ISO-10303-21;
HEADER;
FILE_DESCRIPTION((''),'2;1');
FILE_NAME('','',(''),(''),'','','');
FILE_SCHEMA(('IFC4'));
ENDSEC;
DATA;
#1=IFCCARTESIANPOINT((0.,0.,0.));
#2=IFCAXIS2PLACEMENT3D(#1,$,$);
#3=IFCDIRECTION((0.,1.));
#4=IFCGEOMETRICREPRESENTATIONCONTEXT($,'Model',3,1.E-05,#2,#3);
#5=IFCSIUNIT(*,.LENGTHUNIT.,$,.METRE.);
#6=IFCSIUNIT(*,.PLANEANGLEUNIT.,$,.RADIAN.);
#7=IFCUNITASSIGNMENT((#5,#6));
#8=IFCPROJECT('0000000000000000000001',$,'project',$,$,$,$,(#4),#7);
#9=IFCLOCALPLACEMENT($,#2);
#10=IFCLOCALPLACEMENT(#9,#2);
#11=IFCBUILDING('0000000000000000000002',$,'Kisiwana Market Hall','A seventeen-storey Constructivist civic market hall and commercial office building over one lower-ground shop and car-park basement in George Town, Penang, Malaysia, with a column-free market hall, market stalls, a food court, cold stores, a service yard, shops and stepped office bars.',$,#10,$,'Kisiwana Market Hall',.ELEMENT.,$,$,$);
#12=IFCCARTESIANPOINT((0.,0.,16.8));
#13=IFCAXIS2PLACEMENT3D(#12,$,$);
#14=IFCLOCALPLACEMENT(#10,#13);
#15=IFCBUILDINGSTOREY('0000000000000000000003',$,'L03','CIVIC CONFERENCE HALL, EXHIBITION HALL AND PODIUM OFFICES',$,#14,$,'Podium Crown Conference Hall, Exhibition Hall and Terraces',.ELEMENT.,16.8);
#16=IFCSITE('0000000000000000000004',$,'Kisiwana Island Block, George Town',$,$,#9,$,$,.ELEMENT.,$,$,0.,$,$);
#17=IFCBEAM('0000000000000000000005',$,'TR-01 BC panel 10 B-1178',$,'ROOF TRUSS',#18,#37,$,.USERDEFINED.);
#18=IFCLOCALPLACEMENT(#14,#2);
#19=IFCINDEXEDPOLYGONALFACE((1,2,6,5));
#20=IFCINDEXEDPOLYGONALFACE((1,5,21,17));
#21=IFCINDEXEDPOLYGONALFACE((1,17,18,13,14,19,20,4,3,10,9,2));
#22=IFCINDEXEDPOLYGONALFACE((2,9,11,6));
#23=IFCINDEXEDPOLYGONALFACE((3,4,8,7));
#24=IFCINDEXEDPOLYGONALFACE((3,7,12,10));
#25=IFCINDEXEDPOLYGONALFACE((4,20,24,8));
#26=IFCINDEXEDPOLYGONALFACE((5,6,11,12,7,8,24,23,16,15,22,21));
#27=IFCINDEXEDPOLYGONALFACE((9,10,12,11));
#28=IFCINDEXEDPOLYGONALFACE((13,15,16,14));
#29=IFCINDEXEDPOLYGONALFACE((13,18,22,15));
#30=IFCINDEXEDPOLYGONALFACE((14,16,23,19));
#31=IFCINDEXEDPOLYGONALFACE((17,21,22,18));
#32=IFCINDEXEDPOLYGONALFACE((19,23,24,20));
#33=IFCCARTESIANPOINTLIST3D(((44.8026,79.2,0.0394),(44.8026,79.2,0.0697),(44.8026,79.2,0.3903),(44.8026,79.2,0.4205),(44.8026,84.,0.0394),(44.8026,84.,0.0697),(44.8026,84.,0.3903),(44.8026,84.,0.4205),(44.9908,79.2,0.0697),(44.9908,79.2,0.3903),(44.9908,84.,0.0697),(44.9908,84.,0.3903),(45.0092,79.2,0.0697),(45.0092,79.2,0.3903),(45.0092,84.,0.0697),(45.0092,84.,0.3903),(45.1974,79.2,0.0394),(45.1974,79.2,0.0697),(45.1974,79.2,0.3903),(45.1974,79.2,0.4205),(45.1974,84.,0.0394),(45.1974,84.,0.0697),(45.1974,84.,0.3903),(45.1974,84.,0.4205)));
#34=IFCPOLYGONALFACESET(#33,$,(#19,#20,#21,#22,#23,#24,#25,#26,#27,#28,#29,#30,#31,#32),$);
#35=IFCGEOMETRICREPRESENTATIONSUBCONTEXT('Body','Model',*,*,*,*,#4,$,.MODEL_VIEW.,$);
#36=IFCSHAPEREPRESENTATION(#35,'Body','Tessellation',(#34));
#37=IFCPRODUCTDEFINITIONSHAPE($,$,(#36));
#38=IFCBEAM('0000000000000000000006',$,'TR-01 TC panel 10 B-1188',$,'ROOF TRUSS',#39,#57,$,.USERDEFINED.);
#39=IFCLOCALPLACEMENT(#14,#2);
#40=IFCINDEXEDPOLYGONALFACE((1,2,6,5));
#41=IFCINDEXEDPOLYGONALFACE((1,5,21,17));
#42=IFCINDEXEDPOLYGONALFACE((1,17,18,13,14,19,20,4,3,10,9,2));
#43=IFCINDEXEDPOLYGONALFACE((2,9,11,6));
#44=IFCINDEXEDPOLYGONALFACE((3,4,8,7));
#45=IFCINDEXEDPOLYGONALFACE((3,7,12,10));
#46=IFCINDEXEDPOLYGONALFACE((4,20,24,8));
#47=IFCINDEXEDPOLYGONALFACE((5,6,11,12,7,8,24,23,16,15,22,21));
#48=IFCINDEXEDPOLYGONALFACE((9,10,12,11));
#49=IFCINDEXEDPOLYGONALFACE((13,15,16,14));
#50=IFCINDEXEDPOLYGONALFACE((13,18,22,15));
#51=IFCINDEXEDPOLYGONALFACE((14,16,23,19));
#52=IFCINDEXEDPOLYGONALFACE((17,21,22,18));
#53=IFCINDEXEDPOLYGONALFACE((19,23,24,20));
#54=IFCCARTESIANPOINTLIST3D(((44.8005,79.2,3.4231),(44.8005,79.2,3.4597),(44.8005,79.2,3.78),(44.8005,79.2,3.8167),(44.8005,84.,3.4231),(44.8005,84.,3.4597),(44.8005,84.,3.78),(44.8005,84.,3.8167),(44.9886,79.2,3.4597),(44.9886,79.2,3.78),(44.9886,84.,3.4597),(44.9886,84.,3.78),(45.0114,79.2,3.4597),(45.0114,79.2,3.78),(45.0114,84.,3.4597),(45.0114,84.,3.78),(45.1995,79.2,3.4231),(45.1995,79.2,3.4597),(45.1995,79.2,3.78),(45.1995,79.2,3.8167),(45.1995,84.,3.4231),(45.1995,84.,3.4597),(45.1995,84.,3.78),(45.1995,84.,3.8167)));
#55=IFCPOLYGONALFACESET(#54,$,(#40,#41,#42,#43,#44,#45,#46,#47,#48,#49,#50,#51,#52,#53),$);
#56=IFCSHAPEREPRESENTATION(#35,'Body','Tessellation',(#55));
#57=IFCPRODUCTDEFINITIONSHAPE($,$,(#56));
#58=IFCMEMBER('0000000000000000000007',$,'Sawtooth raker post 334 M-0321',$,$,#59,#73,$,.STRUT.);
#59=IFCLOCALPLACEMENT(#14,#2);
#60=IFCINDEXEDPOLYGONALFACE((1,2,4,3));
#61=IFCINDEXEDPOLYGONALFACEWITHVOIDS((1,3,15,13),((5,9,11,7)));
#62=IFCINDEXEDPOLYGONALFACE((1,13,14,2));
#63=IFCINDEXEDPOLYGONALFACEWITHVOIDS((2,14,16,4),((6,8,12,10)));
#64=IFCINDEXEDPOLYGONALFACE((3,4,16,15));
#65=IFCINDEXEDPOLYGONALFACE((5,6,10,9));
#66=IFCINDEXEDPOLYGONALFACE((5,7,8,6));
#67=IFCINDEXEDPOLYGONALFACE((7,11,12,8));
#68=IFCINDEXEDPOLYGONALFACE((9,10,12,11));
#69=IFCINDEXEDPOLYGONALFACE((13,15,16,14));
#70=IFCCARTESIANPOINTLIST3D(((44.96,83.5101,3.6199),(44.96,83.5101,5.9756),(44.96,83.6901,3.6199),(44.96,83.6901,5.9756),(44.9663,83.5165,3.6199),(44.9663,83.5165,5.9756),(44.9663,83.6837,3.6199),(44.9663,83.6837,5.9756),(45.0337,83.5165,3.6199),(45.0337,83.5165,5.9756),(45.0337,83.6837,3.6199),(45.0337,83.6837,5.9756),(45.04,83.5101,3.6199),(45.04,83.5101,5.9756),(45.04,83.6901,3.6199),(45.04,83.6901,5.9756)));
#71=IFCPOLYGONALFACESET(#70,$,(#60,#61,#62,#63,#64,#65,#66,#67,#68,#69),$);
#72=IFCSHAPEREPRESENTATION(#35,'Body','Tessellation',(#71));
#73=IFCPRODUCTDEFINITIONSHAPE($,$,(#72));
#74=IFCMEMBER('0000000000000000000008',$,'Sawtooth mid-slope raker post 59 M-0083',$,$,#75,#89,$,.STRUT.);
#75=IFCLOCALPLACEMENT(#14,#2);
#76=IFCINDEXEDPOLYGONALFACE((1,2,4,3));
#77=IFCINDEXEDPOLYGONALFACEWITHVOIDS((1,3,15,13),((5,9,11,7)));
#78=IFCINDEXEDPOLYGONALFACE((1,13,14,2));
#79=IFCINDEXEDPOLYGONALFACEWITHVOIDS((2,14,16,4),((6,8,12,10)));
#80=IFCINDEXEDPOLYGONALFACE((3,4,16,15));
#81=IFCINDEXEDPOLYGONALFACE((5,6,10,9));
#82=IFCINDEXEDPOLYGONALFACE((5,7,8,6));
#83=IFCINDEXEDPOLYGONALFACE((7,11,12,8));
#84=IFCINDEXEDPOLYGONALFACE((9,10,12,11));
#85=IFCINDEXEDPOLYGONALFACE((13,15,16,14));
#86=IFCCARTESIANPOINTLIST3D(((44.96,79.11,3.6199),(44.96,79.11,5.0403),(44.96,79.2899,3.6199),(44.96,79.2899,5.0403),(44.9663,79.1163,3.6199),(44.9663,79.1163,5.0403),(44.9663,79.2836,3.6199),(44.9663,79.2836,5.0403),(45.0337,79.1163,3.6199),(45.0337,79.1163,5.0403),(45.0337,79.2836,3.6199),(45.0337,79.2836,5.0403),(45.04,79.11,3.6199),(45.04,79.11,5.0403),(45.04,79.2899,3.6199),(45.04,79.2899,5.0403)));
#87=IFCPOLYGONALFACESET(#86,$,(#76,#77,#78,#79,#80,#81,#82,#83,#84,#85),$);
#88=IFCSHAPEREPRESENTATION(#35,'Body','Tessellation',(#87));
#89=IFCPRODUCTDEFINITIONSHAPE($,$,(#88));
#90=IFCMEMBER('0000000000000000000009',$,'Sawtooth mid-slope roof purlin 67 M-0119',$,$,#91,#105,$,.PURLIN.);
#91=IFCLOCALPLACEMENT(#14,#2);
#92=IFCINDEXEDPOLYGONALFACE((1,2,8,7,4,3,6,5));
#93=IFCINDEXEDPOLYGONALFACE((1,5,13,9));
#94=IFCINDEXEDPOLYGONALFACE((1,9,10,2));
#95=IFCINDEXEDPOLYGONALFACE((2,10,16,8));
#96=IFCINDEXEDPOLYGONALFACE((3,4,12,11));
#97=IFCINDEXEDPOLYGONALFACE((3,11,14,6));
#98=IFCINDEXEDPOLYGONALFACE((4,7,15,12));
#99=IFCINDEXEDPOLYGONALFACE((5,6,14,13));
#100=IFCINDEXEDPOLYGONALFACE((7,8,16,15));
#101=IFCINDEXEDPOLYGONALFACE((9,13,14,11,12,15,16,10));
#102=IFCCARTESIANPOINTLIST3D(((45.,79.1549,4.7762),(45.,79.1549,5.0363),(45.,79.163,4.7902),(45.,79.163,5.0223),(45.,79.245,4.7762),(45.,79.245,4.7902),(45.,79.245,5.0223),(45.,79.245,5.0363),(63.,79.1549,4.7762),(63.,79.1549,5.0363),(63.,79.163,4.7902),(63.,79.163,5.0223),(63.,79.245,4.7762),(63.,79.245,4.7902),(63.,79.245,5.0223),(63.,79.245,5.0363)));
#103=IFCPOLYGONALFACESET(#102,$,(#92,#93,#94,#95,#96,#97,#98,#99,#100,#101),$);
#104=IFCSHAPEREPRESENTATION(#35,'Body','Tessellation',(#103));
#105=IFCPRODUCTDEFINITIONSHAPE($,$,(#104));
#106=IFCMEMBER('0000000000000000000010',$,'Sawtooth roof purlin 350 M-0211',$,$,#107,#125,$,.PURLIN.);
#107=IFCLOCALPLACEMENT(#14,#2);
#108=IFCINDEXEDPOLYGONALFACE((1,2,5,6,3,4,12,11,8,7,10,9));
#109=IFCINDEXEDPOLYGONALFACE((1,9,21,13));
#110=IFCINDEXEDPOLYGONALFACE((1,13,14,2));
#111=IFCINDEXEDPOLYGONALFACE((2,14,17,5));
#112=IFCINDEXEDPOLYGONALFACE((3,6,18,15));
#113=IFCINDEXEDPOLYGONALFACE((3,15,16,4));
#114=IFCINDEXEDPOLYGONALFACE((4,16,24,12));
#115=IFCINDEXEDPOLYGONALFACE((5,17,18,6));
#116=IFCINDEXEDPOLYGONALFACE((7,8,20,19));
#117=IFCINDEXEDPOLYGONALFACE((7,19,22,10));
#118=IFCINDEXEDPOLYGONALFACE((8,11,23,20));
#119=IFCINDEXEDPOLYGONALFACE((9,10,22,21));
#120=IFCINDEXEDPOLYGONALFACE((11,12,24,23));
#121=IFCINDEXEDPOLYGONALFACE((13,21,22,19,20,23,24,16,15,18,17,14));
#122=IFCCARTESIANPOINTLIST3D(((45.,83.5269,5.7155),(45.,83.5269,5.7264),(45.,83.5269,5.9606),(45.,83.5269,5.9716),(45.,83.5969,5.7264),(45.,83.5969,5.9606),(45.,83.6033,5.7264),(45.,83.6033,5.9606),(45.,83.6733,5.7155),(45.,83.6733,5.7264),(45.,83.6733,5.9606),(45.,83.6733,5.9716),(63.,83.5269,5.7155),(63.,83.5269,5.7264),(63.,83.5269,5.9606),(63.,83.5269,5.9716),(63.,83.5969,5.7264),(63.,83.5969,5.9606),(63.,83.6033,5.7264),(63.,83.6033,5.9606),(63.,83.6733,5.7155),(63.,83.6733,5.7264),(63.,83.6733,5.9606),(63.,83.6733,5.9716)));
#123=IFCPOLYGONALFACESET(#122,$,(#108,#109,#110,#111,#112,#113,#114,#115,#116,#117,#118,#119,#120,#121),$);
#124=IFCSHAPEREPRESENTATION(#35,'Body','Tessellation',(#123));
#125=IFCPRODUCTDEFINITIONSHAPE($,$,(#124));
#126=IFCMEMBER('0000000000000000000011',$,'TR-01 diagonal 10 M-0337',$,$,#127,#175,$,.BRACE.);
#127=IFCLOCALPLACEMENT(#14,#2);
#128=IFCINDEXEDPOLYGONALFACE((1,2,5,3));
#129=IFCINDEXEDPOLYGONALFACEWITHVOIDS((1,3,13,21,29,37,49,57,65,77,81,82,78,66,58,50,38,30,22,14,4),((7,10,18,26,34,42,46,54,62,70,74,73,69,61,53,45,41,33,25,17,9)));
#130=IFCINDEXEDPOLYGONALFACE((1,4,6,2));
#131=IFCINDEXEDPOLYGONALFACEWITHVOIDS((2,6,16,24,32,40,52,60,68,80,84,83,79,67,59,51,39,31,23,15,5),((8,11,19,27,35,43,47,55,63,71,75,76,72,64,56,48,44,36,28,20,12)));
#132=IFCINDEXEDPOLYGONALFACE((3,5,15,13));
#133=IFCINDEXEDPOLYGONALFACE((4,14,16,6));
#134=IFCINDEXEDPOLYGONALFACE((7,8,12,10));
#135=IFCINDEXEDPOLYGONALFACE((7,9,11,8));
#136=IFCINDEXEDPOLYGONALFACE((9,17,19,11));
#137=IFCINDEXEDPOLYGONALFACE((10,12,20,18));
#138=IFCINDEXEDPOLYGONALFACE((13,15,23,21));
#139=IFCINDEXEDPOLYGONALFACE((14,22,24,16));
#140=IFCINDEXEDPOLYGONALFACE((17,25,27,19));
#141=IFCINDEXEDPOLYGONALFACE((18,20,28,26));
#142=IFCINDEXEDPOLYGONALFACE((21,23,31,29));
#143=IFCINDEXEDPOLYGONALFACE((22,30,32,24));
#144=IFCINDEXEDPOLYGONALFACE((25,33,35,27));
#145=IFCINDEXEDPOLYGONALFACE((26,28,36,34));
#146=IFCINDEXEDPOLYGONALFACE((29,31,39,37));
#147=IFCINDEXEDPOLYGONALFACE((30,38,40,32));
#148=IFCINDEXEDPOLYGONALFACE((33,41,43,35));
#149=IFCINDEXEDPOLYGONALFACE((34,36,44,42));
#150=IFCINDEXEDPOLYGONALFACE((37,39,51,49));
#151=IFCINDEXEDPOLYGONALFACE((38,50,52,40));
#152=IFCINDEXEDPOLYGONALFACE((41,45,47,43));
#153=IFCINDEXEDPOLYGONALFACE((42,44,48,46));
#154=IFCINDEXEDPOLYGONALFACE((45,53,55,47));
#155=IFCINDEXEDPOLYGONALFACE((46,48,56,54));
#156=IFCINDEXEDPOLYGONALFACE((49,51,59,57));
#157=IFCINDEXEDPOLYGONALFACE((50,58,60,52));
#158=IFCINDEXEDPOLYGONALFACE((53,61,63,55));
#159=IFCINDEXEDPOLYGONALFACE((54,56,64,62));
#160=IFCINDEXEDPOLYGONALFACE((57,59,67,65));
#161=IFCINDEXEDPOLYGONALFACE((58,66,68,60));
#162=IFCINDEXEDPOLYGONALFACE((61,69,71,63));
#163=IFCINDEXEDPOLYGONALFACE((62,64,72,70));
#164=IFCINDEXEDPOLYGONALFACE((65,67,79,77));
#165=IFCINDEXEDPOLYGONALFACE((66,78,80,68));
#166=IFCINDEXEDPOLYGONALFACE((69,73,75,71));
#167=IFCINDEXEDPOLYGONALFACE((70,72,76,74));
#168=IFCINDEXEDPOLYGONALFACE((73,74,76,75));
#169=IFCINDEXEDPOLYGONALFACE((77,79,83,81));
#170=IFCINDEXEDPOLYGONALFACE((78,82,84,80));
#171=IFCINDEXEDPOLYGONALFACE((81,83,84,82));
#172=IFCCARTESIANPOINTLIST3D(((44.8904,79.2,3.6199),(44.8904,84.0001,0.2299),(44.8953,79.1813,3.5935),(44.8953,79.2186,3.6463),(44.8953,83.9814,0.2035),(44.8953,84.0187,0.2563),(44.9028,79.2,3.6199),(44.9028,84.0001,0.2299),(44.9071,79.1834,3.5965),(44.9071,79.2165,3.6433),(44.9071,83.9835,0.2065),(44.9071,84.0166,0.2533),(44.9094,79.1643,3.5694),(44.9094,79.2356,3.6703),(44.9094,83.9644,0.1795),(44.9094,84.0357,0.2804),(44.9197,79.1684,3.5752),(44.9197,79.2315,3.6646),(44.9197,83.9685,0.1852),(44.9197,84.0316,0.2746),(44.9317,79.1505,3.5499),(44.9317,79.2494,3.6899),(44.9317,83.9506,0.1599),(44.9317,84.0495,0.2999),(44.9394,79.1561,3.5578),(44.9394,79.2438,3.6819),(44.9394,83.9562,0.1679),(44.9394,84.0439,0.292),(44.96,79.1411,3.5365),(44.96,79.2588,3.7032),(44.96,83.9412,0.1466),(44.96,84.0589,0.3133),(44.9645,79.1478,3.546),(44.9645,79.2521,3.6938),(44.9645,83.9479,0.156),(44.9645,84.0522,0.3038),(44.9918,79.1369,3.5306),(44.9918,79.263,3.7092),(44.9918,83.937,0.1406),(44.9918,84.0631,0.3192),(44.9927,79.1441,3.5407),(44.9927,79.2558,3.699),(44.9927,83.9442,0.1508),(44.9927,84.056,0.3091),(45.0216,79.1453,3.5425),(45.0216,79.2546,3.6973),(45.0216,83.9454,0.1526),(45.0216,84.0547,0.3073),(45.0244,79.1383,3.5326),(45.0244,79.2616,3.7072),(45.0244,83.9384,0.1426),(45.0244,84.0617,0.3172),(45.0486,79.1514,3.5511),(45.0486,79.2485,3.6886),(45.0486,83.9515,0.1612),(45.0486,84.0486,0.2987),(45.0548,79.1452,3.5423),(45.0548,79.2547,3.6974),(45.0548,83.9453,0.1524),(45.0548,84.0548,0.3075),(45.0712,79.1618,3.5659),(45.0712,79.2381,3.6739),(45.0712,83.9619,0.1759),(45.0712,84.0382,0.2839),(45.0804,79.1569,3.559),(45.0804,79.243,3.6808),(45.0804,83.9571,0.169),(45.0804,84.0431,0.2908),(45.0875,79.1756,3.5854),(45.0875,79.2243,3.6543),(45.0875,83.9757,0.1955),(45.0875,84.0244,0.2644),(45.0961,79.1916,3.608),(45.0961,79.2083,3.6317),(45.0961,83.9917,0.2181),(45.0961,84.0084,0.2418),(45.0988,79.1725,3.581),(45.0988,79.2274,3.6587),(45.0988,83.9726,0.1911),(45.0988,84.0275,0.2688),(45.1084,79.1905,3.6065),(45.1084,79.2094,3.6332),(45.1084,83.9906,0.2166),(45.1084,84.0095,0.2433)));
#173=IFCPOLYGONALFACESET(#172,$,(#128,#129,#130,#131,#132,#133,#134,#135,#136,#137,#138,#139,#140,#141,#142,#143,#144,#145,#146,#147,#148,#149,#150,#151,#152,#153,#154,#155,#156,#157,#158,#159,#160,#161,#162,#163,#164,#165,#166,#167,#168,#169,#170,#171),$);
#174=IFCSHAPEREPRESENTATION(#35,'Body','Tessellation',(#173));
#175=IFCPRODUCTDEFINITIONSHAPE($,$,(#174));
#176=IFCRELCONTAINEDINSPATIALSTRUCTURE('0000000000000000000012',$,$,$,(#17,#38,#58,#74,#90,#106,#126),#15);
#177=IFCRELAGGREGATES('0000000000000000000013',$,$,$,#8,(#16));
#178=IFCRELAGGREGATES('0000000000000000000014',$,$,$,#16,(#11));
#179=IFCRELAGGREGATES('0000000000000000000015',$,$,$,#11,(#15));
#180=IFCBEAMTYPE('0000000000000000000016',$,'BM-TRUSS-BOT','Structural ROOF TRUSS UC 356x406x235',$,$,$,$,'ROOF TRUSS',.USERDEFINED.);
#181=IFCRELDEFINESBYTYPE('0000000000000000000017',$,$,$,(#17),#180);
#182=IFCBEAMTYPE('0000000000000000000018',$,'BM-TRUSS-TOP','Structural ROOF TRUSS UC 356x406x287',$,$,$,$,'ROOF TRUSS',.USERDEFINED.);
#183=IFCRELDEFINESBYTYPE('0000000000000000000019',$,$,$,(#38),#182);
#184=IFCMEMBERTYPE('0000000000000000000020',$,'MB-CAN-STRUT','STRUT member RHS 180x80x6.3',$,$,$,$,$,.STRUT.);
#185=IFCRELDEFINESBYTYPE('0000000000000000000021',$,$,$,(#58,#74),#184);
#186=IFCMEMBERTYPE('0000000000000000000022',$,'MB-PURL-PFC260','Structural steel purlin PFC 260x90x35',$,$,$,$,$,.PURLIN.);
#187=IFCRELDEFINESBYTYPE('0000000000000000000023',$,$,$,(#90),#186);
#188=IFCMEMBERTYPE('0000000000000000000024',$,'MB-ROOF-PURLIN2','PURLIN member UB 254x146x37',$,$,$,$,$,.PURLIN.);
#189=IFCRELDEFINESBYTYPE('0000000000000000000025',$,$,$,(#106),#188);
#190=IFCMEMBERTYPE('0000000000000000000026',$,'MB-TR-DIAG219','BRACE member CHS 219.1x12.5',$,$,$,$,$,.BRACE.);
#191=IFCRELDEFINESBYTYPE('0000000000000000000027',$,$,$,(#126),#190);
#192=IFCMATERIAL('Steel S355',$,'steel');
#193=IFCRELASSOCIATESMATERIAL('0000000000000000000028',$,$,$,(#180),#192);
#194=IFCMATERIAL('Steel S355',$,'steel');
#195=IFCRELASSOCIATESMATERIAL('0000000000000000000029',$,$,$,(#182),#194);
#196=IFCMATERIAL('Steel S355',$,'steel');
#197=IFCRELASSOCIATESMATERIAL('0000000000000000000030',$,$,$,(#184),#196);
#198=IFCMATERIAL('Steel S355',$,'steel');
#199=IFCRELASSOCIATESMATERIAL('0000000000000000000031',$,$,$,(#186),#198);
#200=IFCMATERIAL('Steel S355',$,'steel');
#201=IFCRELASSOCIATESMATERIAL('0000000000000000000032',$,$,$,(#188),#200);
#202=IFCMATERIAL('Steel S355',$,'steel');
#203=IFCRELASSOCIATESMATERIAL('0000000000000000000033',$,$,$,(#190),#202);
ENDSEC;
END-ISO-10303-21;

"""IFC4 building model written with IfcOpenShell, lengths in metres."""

from ifc_helpers import new_model, si_unit, direction, frame, origin, origin_2d, place, context, subcontext, project, spatial, hollow_rectangle, hollow_circle, i_section, u_section, extrude, material, material_profile, profile_set, type_object, element, save


model = new_model("IFC4")

# Units and contexts
model_context = context("Model", 3, precision=1e-05, world=origin(), true_north=direction((0.0, 1.0)))
body_context = subcontext(model_context, "Body", "Model", "MODEL_VIEW")
ifc_project = project(units=[si_unit("LENGTHUNIT", "METRE"), si_unit("PLANEANGLEUNIT", "RADIAN")], contexts=[model_context])

# Site, building, storey
site_placement = place(None, origin())
site = spatial("IfcSite", under=ifc_project, at=site_placement, Name="Kisiwana Island Block, George Town", CompositionType="ELEMENT", RefElevation=0.0)
building_placement = place(site_placement, origin())
building = spatial("IfcBuilding", under=site, at=building_placement, Name="Kisiwana Market Hall", Description="A seventeen-storey Constructivist civic market hall and commercial office building over one lower-ground shop and car-park basement in George Town, Penang, Malaysia, with a column-free market hall, market stalls, a food court, cold stores, a service yard, shops and stepped office bars.", LongName="Kisiwana Market Hall", CompositionType="ELEMENT")
storey_placement = place(building_placement, frame((0.0, 0.0, 16.8)))
storey = spatial("IfcBuildingStorey", under=building, at=storey_placement, Name="L03", Description="CIVIC CONFERENCE HALL, EXHIBITION HALL AND PODIUM OFFICES", LongName="Podium Crown Conference Hall, Exhibition Hall and Terraces", CompositionType="ELEMENT", Elevation=16.8)

# Beams
ifc_material_1 = material(Name="Steel S355", Category="steel")
ifc_material_profile_1 = material_profile(ifc_material_1, i_section(OverallWidth=0.3948, OverallDepth=0.3811, WebThickness=0.0183, FlangeThickness=0.0303, at=origin_2d()), Name="UC 356x406x235")
ifc_profile_set_1 = profile_set([ifc_material_profile_1], Name="Steel S355")
beam_type_1 = type_object("IfcBeamType", Name="BM-TRUSS-BOT", Description="Structural ROOF TRUSS UC 356x406x235", ElementType="ROOF TRUSS", PredefinedType="USERDEFINED", material=ifc_profile_set_1)
beam_1_placement = place(storey_placement, frame((45.0, 79.2, 0.23), z_axis=(0.0, 1.0, 0.0), x_axis=(-1.0, 0.0, 0.0)))
element("IfcBeam", 1, at=beam_1_placement, inside=storey, type_object=beam_type_1, Name="TR-01 BC panel 10 B-1178", ObjectType="ROOF TRUSS", PredefinedType="USERDEFINED", context=body_context, shape_type="SweptSolid", body=[
    extrude(i_section(OverallWidth=0.3948, OverallDepth=0.3811, WebThickness=0.0183, FlangeThickness=0.0303, at=origin_2d()), origin(), (0.0, 0.0, 1.0), 4.8),
])
ifc_material_2 = material(Name="Steel S355", Category="steel")
ifc_material_profile_2 = material_profile(ifc_material_2, i_section(OverallWidth=0.3989, OverallDepth=0.3936, WebThickness=0.0227, FlangeThickness=0.0366, at=origin_2d()), Name="UC 356x406x287")
ifc_profile_set_2 = profile_set([ifc_material_profile_2], Name="Steel S355")
beam_type_2 = type_object("IfcBeamType", Name="BM-TRUSS-TOP", Description="Structural ROOF TRUSS UC 356x406x287", ElementType="ROOF TRUSS", PredefinedType="USERDEFINED", material=ifc_profile_set_2)
beam_2_placement = place(storey_placement, frame((45.0, 79.2, 3.6199), z_axis=(0.0, 1.0, 0.0), x_axis=(-1.0, 0.0, 0.0)))
element("IfcBeam", 2, at=beam_2_placement, inside=storey, type_object=beam_type_2, Name="TR-01 TC panel 10 B-1188", ObjectType="ROOF TRUSS", PredefinedType="USERDEFINED", context=body_context, shape_type="SweptSolid", body=[
    extrude(i_section(OverallWidth=0.3989, OverallDepth=0.3936, WebThickness=0.0227, FlangeThickness=0.0366, at=origin_2d()), origin(), (0.0, 0.0, 1.0), 4.8),
])

# Members
ifc_material_3 = material(Name="Steel S355", Category="steel")
ifc_material_profile_3 = material_profile(ifc_material_3, hollow_rectangle(XDim=0.0801, YDim=0.1799, WallThickness=0.0063, at=origin_2d()), Name="RHS 180x80x6.3")
ifc_profile_set_3 = profile_set([ifc_material_profile_3], Name="Steel S355")
member_type_1 = type_object("IfcMemberType", Name="MB-CAN-STRUT", Description="STRUT member RHS 180x80x6.3", PredefinedType="STRUT", material=ifc_profile_set_3)
member_1_placement = place(storey_placement, frame((45.0, 83.6001, 3.6199), z_axis=(0.0, 0.0, 1.0), x_axis=(1.0, 0.0, 0.0)))
element("IfcMember", 3, at=member_1_placement, inside=storey, type_object=member_type_1, Name="Sawtooth raker post 334 M-0321", PredefinedType="STRUT", context=body_context, shape_type="SweptSolid", body=[
    extrude(hollow_rectangle(XDim=0.0801, YDim=0.1799, WallThickness=0.0063, at=origin_2d()), origin(), (0.0, 0.0, 1.0), 2.3557),
])
member_2_placement = place(storey_placement, frame((45.0, 79.2, 3.6199), z_axis=(0.0, 0.0, 1.0), x_axis=(1.0, 0.0, 0.0)))
element("IfcMember", 4, at=member_2_placement, inside=storey, type_object=member_type_1, Name="Sawtooth mid-slope raker post 59 M-0083", PredefinedType="STRUT", context=body_context, shape_type="SweptSolid", body=[
    extrude(hollow_rectangle(XDim=0.0801, YDim=0.1799, WallThickness=0.0063, at=origin_2d()), origin(), (0.0, 0.0, 1.0), 1.4204),
])
ifc_material_4 = material(Name="Steel S355", Category="steel")
ifc_material_profile_4 = material_profile(ifc_material_4, u_section(Depth=0.26, FlangeWidth=0.0901, WebThickness=0.0081, FlangeThickness=0.0139, at=origin_2d()), Name="PFC 260x90x35")
ifc_profile_set_4 = profile_set([ifc_material_profile_4], Name="Steel S355")
member_type_2 = type_object("IfcMemberType", Name="MB-PURL-PFC260", Description="Structural steel purlin PFC 260x90x35", PredefinedType="PURLIN", material=ifc_profile_set_4)
member_3_placement = place(storey_placement, frame((45.0, 79.2, 4.9062), z_axis=(1.0, 0.0, 0.0), x_axis=(0.0, 1.0, 0.0)))
element("IfcMember", 5, at=member_3_placement, inside=storey, type_object=member_type_2, Name="Sawtooth mid-slope roof purlin 67 M-0119", PredefinedType="PURLIN", context=body_context, shape_type="SweptSolid", body=[
    extrude(u_section(Depth=0.26, FlangeWidth=0.0901, WebThickness=0.0081, FlangeThickness=0.0139, at=origin_2d()), origin(), (0.0, 0.0, 1.0), 18.0),
])
ifc_material_5 = material(Name="Steel S355", Category="steel")
ifc_material_profile_5 = material_profile(ifc_material_5, i_section(OverallWidth=0.1465, OverallDepth=0.2561, WebThickness=0.0063, FlangeThickness=0.011, at=origin_2d()), Name="UB 254x146x37")
ifc_profile_set_5 = profile_set([ifc_material_profile_5], Name="Steel S355")
member_type_3 = type_object("IfcMemberType", Name="MB-ROOF-PURLIN2", Description="PURLIN member UB 254x146x37", PredefinedType="PURLIN", material=ifc_profile_set_5)
member_4_placement = place(storey_placement, frame((45.0, 83.6001, 5.8435), z_axis=(1.0, 0.0, 0.0), x_axis=(0.0, 1.0, 0.0)))
element("IfcMember", 6, at=member_4_placement, inside=storey, type_object=member_type_3, Name="Sawtooth roof purlin 350 M-0211", PredefinedType="PURLIN", context=body_context, shape_type="SweptSolid", body=[
    extrude(i_section(OverallWidth=0.1465, OverallDepth=0.2561, WebThickness=0.0063, FlangeThickness=0.011, at=origin_2d()), origin(), (0.0, 0.0, 1.0), 18.0),
])
ifc_material_6 = material(Name="Steel S355", Category="steel")
ifc_material_profile_6 = material_profile(ifc_material_6, hollow_circle(Radius=0.1096, WallThickness=0.0125, at=origin_2d()), Name="CHS 219.1x12.5")
ifc_profile_set_6 = profile_set([ifc_material_profile_6], Name="Steel S355")
member_type_4 = type_object("IfcMemberType", Name="MB-TR-DIAG219", Description="BRACE member CHS 219.1x12.5", PredefinedType="BRACE", material=ifc_profile_set_6)
member_5_placement = place(storey_placement, frame((45.0, 79.2, 3.6199), z_axis=(0.0, 0.816838, -0.576868), x_axis=(-1.0, 0.0, 0.0)))
element("IfcMember", 7, at=member_5_placement, inside=storey, type_object=member_type_4, Name="TR-01 diagonal 10 M-0337", PredefinedType="BRACE", context=body_context, shape_type="SweptSolid", body=[
    extrude(hollow_circle(Radius=0.1096, WallThickness=0.0125, at=origin_2d()), origin(), (0.0, 0.0, 1.0), 5.8765),
])

save(model, "model.ifc")
